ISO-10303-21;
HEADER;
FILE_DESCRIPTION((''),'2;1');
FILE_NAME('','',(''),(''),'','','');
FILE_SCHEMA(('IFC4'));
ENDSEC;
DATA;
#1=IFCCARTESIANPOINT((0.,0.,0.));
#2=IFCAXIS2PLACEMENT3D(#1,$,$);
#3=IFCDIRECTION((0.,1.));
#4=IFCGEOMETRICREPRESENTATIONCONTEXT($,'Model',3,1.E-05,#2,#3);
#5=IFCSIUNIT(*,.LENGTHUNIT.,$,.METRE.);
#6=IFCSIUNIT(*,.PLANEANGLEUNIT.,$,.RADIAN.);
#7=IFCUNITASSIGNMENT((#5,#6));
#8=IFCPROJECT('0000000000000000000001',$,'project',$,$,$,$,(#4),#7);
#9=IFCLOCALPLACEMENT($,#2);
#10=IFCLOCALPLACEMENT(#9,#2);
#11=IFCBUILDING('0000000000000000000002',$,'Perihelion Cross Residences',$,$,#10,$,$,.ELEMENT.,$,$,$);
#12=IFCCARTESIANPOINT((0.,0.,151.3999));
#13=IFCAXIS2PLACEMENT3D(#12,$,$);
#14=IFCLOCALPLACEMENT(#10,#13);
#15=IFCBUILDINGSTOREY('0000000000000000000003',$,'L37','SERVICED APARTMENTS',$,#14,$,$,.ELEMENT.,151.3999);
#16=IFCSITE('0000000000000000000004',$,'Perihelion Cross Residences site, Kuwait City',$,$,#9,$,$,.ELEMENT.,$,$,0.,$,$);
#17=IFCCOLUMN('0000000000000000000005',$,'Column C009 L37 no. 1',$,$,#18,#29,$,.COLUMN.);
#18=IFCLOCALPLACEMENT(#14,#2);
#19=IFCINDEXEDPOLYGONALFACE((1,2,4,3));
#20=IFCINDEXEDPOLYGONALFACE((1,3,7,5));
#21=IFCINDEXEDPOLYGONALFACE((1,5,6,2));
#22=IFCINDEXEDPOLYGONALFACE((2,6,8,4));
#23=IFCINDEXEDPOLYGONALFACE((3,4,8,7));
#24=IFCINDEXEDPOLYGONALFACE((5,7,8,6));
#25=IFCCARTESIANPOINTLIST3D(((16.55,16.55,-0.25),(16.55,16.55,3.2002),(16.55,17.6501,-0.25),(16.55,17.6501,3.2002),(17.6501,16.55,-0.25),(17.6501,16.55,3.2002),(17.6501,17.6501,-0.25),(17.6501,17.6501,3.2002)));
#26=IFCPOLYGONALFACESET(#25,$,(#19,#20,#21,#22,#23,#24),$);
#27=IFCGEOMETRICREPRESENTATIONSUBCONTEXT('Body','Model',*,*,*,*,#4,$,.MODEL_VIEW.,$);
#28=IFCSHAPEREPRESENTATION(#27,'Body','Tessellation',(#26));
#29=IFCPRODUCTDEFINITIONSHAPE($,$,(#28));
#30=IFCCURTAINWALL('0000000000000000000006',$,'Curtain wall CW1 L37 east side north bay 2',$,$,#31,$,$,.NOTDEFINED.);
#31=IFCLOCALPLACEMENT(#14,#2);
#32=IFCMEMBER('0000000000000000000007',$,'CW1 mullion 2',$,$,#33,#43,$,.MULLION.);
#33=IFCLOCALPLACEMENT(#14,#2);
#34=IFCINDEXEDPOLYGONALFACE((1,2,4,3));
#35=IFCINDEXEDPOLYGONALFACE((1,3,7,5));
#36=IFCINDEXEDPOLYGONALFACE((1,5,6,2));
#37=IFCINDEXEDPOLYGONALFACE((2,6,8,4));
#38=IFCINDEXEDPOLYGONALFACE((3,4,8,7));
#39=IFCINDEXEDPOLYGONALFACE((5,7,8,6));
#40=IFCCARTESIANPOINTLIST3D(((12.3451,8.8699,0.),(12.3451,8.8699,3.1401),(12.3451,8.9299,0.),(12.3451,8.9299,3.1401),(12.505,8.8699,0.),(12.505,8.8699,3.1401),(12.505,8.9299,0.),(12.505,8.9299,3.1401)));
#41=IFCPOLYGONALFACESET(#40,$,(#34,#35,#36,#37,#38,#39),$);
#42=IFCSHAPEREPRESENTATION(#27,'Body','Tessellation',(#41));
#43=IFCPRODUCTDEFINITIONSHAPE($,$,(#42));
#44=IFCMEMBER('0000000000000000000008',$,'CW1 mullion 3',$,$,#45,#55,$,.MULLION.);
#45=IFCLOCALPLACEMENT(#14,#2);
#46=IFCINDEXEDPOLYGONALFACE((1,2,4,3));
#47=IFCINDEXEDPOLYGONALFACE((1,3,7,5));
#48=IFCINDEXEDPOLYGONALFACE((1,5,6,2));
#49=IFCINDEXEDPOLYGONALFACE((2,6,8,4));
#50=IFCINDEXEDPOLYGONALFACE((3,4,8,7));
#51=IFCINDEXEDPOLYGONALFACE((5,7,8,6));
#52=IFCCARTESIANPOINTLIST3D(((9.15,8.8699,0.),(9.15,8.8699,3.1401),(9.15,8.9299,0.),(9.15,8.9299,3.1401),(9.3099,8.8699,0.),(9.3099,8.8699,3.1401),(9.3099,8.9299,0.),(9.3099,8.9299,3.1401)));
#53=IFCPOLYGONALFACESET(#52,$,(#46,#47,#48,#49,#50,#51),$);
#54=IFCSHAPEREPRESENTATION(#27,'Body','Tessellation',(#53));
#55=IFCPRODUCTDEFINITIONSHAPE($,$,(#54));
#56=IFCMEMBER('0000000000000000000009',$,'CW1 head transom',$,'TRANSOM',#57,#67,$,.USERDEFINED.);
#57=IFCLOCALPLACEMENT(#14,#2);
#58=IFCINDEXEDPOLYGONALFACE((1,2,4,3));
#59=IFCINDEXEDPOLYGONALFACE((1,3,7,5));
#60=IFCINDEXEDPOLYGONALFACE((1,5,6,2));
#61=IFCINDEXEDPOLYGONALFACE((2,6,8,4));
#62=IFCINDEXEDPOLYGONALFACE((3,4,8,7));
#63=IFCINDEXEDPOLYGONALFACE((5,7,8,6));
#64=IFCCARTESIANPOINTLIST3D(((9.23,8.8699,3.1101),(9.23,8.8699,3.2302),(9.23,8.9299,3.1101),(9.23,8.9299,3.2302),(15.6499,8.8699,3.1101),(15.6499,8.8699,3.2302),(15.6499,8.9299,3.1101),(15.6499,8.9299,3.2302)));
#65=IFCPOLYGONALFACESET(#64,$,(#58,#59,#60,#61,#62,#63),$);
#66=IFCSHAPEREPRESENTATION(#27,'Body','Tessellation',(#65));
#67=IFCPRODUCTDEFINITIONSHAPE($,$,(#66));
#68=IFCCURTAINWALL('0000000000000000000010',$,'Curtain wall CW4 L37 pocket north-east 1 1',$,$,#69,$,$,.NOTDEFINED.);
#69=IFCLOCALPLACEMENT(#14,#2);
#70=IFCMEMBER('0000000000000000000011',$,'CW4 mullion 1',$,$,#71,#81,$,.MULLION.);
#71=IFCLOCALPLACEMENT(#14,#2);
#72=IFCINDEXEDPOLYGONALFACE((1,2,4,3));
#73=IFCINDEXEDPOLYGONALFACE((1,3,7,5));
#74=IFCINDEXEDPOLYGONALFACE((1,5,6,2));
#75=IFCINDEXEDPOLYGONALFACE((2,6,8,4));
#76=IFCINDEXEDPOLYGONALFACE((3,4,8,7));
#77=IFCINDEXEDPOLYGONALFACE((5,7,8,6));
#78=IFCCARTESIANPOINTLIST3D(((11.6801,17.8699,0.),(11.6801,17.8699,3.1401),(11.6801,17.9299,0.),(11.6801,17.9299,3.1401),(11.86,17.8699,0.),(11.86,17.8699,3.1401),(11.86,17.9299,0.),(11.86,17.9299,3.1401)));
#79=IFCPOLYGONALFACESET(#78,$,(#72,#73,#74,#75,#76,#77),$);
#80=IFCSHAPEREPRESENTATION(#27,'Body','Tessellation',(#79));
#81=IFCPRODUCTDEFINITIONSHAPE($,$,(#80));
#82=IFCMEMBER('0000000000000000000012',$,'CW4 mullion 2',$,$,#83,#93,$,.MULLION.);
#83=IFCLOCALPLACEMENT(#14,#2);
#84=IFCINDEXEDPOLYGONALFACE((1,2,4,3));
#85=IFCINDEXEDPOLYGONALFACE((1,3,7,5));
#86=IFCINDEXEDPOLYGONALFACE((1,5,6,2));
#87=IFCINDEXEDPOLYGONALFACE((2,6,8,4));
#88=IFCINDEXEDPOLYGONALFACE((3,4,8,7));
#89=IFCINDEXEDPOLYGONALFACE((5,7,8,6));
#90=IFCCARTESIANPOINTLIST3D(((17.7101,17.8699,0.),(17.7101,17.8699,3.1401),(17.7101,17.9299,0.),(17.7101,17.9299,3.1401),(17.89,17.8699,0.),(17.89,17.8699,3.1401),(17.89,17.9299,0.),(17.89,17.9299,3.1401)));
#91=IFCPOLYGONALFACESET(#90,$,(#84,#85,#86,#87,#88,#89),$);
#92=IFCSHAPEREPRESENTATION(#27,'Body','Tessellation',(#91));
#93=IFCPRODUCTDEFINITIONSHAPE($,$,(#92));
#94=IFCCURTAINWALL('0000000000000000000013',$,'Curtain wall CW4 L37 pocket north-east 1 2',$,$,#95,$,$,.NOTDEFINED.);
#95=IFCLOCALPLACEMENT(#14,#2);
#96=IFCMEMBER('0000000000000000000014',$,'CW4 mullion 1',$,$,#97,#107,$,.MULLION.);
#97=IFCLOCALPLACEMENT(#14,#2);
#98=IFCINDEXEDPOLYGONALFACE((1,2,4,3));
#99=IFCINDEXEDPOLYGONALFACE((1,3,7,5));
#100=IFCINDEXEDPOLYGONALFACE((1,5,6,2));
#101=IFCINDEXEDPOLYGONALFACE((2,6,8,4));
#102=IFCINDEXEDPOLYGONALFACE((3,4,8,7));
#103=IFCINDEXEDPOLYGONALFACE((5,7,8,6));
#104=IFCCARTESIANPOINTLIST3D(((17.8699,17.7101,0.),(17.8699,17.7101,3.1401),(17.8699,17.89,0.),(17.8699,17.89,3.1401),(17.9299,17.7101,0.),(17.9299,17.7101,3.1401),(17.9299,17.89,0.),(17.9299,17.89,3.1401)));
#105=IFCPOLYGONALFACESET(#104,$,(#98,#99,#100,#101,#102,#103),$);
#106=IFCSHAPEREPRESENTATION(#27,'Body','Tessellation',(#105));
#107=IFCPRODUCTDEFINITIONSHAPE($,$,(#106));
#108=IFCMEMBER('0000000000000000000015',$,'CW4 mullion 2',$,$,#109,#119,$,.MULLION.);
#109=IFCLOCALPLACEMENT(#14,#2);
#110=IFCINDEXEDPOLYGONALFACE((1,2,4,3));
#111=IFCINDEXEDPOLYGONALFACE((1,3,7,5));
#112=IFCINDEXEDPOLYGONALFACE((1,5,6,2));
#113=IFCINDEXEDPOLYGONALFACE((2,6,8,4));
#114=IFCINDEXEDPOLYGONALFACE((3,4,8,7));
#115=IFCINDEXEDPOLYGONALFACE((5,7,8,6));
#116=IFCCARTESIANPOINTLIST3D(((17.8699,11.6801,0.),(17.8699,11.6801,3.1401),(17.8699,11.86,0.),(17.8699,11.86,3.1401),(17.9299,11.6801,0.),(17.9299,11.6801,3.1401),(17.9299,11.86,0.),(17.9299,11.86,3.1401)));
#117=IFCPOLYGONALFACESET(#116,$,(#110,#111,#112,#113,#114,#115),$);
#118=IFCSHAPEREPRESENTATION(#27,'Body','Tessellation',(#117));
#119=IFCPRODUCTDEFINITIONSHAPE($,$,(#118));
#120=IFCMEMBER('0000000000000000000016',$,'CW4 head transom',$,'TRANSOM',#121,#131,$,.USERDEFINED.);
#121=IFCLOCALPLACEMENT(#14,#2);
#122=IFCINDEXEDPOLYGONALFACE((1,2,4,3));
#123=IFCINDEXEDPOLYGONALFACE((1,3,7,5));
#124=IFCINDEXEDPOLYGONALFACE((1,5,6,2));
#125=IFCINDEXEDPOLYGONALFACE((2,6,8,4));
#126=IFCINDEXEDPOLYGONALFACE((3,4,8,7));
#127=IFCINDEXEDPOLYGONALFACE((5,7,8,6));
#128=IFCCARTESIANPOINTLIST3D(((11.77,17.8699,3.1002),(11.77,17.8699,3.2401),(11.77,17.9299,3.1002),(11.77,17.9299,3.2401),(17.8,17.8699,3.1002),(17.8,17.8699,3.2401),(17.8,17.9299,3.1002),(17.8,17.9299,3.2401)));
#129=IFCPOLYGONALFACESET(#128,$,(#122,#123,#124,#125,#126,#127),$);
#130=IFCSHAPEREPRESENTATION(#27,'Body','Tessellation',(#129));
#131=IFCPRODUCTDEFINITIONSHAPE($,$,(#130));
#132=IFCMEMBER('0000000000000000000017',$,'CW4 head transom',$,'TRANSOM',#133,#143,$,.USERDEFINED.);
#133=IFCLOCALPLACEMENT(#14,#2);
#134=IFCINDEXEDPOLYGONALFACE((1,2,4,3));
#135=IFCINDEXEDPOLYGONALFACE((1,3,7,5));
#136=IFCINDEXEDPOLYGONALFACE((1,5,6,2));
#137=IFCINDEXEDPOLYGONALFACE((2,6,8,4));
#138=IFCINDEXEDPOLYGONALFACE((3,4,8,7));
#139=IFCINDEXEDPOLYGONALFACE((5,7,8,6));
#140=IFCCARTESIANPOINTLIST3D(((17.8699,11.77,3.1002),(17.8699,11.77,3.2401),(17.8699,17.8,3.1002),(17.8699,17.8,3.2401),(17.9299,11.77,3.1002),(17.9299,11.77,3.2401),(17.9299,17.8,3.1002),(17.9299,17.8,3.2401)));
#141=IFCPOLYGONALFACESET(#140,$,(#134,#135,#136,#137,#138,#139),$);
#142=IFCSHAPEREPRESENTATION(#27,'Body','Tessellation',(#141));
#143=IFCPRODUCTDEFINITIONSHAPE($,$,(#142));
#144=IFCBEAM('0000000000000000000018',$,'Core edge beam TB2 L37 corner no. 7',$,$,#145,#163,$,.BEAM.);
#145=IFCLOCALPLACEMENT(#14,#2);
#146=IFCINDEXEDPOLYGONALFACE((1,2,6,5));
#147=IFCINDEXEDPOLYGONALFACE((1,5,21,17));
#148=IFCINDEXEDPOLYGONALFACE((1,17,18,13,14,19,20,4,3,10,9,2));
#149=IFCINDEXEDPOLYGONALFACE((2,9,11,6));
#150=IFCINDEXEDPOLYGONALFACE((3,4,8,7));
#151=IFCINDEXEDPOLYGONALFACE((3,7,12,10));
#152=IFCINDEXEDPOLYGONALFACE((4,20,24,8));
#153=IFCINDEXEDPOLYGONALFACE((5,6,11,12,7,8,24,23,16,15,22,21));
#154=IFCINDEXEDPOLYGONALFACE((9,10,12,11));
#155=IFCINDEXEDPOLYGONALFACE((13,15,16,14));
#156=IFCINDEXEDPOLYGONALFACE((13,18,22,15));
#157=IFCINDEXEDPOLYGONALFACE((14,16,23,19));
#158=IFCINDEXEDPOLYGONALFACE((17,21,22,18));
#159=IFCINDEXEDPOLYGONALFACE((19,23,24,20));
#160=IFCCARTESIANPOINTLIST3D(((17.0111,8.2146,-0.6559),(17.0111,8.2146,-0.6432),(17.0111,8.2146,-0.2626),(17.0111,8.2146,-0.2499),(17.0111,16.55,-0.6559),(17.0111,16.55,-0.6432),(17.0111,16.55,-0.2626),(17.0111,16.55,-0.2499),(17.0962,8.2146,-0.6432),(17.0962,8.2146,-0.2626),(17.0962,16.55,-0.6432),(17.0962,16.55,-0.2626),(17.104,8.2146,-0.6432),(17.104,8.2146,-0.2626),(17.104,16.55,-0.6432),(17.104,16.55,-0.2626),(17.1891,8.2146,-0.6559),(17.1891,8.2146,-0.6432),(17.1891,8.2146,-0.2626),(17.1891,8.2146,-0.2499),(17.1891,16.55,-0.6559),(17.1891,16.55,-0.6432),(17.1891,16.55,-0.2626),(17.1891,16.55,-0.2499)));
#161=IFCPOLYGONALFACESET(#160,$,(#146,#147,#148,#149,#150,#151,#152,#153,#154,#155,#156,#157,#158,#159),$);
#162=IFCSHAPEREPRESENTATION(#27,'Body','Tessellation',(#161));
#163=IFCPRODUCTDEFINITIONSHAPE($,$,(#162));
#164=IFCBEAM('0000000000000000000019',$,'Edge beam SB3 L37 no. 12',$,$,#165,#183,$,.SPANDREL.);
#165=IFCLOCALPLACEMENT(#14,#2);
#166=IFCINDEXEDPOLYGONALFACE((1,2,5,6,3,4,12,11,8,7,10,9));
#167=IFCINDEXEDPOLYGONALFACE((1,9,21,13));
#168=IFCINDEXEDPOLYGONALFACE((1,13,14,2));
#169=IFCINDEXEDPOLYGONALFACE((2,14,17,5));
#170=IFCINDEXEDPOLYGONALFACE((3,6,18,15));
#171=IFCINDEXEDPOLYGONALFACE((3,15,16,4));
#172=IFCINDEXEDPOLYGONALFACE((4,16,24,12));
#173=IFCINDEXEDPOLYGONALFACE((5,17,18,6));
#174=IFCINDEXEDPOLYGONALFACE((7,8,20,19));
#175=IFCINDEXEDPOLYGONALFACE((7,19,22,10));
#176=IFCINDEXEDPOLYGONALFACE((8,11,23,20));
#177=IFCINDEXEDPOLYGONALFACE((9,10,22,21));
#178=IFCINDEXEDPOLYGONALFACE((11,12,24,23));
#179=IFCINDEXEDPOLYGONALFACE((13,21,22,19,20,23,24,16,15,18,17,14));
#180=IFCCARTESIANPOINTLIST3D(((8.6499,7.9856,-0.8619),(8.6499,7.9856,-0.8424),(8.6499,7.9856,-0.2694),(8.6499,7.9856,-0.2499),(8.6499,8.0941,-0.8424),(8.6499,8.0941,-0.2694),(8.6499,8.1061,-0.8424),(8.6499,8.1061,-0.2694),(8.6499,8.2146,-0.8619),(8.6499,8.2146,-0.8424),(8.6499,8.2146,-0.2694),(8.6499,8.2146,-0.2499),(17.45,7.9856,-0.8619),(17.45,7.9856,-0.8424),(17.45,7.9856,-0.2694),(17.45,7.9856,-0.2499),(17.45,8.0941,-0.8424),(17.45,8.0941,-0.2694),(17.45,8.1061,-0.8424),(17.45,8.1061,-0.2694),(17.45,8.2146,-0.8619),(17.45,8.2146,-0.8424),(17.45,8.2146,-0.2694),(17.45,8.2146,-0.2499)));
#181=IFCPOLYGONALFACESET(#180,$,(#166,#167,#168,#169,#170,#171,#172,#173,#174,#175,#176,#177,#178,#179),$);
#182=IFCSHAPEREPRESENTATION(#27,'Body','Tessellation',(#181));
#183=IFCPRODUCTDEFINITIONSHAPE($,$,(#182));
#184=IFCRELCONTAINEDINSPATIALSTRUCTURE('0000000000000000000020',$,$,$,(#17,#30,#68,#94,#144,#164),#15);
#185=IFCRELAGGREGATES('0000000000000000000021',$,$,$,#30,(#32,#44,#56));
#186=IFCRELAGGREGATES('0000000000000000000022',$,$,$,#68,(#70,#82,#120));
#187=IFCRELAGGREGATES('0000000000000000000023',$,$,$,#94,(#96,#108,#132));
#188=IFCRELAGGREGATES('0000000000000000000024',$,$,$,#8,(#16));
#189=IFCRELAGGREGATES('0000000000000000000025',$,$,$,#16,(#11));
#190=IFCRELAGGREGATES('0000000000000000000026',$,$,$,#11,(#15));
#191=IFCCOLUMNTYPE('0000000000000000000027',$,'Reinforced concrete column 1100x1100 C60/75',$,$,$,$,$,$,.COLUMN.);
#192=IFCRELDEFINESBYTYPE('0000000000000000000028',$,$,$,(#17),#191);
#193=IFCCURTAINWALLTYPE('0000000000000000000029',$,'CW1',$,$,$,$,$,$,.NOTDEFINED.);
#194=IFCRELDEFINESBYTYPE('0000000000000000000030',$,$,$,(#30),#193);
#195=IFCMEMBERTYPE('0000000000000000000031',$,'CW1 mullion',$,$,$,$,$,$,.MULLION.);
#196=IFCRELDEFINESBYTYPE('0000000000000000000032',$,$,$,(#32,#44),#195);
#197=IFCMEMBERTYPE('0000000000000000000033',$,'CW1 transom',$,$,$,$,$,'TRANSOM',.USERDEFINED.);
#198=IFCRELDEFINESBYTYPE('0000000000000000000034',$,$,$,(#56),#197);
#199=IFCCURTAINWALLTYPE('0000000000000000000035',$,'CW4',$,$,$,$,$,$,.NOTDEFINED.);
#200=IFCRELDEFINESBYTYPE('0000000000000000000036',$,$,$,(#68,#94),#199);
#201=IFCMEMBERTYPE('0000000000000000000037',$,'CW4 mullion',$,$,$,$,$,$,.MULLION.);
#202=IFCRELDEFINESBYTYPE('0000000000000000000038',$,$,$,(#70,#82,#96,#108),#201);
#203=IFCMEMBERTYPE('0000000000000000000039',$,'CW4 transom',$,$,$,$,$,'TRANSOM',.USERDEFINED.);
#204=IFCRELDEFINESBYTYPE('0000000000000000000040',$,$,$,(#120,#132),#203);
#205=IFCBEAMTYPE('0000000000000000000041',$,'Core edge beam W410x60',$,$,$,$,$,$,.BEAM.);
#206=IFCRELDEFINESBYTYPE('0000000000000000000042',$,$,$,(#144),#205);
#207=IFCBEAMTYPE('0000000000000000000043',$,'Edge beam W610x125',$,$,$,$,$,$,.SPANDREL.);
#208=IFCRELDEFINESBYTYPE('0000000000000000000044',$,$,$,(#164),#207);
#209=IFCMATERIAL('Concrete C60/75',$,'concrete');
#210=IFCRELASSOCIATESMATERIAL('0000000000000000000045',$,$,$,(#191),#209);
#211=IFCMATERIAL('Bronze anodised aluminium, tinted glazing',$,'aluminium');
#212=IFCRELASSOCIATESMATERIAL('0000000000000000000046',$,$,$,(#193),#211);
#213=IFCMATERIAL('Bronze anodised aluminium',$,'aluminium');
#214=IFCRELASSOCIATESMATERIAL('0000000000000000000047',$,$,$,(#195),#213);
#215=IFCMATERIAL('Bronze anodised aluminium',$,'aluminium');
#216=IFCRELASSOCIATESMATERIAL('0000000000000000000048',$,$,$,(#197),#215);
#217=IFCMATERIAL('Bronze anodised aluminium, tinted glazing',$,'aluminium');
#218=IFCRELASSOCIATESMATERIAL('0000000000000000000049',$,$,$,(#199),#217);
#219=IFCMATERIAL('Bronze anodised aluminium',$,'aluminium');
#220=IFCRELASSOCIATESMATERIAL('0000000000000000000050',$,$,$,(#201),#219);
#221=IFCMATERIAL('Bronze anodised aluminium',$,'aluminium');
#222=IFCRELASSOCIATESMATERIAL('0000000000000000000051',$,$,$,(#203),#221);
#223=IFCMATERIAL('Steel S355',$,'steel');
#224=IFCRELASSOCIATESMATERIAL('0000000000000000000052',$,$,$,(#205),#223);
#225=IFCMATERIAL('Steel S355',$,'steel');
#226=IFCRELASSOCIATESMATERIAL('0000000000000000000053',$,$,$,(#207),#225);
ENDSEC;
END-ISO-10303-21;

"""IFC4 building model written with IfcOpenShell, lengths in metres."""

from ifc_helpers import new_model, si_unit, direction, frame, origin, origin_2d, place, context, subcontext, project, spatial, rectangle, i_section, extrude, material, material_profile, profile_set, type_object, element, aggregate, save


model = new_model("IFC4")

# Units and contexts
model_context = context("Model", 3, precision=1e-05, world=origin(), true_north=direction((0.0, 1.0)))
body_context = subcontext(model_context, "Body", "Model", "MODEL_VIEW")
ifc_project = project(units=[si_unit("LENGTHUNIT", "METRE"), si_unit("PLANEANGLEUNIT", "RADIAN")], contexts=[model_context])

# Site, building, storey
site_placement = place(None, origin())
site = spatial("IfcSite", under=ifc_project, at=site_placement, Name="Perihelion Cross Residences site, Kuwait City", CompositionType="ELEMENT", RefElevation=0.0)
building_placement = place(site_placement, origin())
building = spatial("IfcBuilding", under=site, at=building_placement, Name="Perihelion Cross Residences", CompositionType="ELEMENT")
storey_placement = place(building_placement, frame((0.0, 0.0, 151.3999)))
storey = spatial("IfcBuildingStorey", under=building, at=storey_placement, Name="L37", Description="SERVICED APARTMENTS", CompositionType="ELEMENT", Elevation=151.3999)

# Column
ifc_material_1 = material(Name="Concrete C60/75", Category="concrete")
ifc_material_profile_1 = material_profile(ifc_material_1, rectangle(XDim=1.1001, YDim=1.1001, at=origin_2d()), Name="RC 1100x1100")
ifc_profile_set_1 = profile_set([ifc_material_profile_1], Name="Concrete C60/75")
column_type = type_object("IfcColumnType", Name="Reinforced concrete column 1100x1100 C60/75", PredefinedType="COLUMN", material=ifc_profile_set_1)
column_placement = place(storey_placement, frame((17.1001, 17.1001, -0.25), z_axis=(0.0, 0.0, 1.0), x_axis=(1.0, 0.0, 0.0)))
element("IfcColumn", 1, at=column_placement, inside=storey, type_object=column_type, Name="Column C009 L37 no. 1", PredefinedType="COLUMN", context=body_context, shape_type="SweptSolid", body=[
    extrude(rectangle(XDim=1.1001, YDim=1.1001, at=origin_2d()), origin(), (0.0, 0.0, 1.0), 3.4502),
])

# Curtain walls, members
ifc_material_2 = material(Name="Bronze anodised aluminium, tinted glazing", Category="aluminium")
curtain_wall_type_1 = type_object("IfcCurtainWallType", Name="CW1", PredefinedType="NOTDEFINED", material=ifc_material_2)
curtain_wall_1_placement = place(storey_placement, origin())
curtain_wall_1 = element("IfcCurtainWall", 2, at=curtain_wall_1_placement, inside=storey, type_object=curtain_wall_type_1, Name="Curtain wall CW1 L37 east side north bay 2", PredefinedType="NOTDEFINED")
ifc_material_3 = material(Name="Bronze anodised aluminium", Category="aluminium")
ifc_material_profile_2 = material_profile(ifc_material_3, rectangle(XDim=0.0601, YDim=0.1599, at=origin_2d()), Name="CW1 mullion")
ifc_profile_set_2 = profile_set([ifc_material_profile_2], Name="Bronze anodised aluminium")
member_type_1 = type_object("IfcMemberType", Name="CW1 mullion", PredefinedType="MULLION", material=ifc_profile_set_2)
member_1_placement = place(storey_placement, frame((12.425, 8.8999, 0.0), z_axis=(0.0, 0.0, 1.0), x_axis=(0.0, -1.0, 0.0)))
member_1 = element("IfcMember", 3, at=member_1_placement, type_object=member_type_1, Name="CW1 mullion 2", PredefinedType="MULLION", context=body_context, shape_type="SweptSolid", body=[
    extrude(rectangle(XDim=0.0601, YDim=0.1599, at=origin_2d()), origin(), (0.0, 0.0, 1.0), 3.1401),
])
member_2_placement = place(storey_placement, frame((9.23, 8.8999, 0.0), z_axis=(0.0, 0.0, 1.0), x_axis=(0.0, -1.0, 0.0)))
member_2 = element("IfcMember", 4, at=member_2_placement, type_object=member_type_1, Name="CW1 mullion 3", PredefinedType="MULLION", context=body_context, shape_type="SweptSolid", body=[
    extrude(rectangle(XDim=0.0601, YDim=0.1599, at=origin_2d()), origin(), (0.0, 0.0, 1.0), 3.1401),
])
ifc_material_4 = material(Name="Bronze anodised aluminium", Category="aluminium")
ifc_material_profile_3 = material_profile(ifc_material_4, rectangle(XDim=0.0601, YDim=0.1201, at=origin_2d()), Name="CW1 transom")
ifc_profile_set_3 = profile_set([ifc_material_profile_3], Name="Bronze anodised aluminium")
member_type_2 = type_object("IfcMemberType", Name="CW1 transom", ElementType="TRANSOM", PredefinedType="USERDEFINED", material=ifc_profile_set_3)
member_3_placement = place(storey_placement, frame((15.6499, 8.8999, 3.1702), z_axis=(-1.0, 0.0, 0.0), x_axis=(0.0, -1.0, 0.0)))
member_3 = element("IfcMember", 5, at=member_3_placement, type_object=member_type_2, Name="CW1 head transom", ObjectType="TRANSOM", PredefinedType="USERDEFINED", context=body_context, shape_type="SweptSolid", body=[
    extrude(rectangle(XDim=0.0601, YDim=0.1201, at=origin_2d()), origin(), (0.0, 0.0, 1.0), 6.4199),
])
ifc_material_5 = material(Name="Bronze anodised aluminium, tinted glazing", Category="aluminium")
curtain_wall_type_2 = type_object("IfcCurtainWallType", Name="CW4", PredefinedType="NOTDEFINED", material=ifc_material_5)
curtain_wall_2_placement = place(storey_placement, origin())
curtain_wall_2 = element("IfcCurtainWall", 6, at=curtain_wall_2_placement, inside=storey, type_object=curtain_wall_type_2, Name="Curtain wall CW4 L37 pocket north-east 1 1", PredefinedType="NOTDEFINED")
ifc_material_6 = material(Name="Bronze anodised aluminium", Category="aluminium")
ifc_material_profile_4 = material_profile(ifc_material_6, rectangle(XDim=0.0601, YDim=0.1799, at=origin_2d()), Name="CW4 mullion")
ifc_profile_set_4 = profile_set([ifc_material_profile_4], Name="Bronze anodised aluminium")
member_type_3 = type_object("IfcMemberType", Name="CW4 mullion", PredefinedType="MULLION", material=ifc_profile_set_4)
member_4_placement = place(storey_placement, frame((11.77, 17.8999, 0.0), z_axis=(0.0, 0.0, 1.0), x_axis=(0.0, 1.0, 0.0)))
member_4 = element("IfcMember", 7, at=member_4_placement, type_object=member_type_3, Name="CW4 mullion 1", PredefinedType="MULLION", context=body_context, shape_type="SweptSolid", body=[
    extrude(rectangle(XDim=0.0601, YDim=0.1799, at=origin_2d()), origin(), (0.0, 0.0, 1.0), 3.1401),
])
member_5_placement = place(storey_placement, frame((17.8, 17.8999, 0.0), z_axis=(0.0, 0.0, 1.0), x_axis=(0.0, 1.0, 0.0)))
member_5 = element("IfcMember", 8, at=member_5_placement, type_object=member_type_3, Name="CW4 mullion 2", PredefinedType="MULLION", context=body_context, shape_type="SweptSolid", body=[
    extrude(rectangle(XDim=0.0601, YDim=0.1799, at=origin_2d()), origin(), (0.0, 0.0, 1.0), 3.1401),
])
curtain_wall_3_placement = place(storey_placement, origin())
curtain_wall_3 = element("IfcCurtainWall", 9, at=curtain_wall_3_placement, inside=storey, type_object=curtain_wall_type_2, Name="Curtain wall CW4 L37 pocket north-east 1 2", PredefinedType="NOTDEFINED")
member_6_placement = place(storey_placement, frame((17.8999, 17.8, 0.0), z_axis=(0.0, 0.0, 1.0), x_axis=(1.0, 0.0, 0.0)))
member_6 = element("IfcMember", 10, at=member_6_placement, type_object=member_type_3, Name="CW4 mullion 1", PredefinedType="MULLION", context=body_context, shape_type="SweptSolid", body=[
    extrude(rectangle(XDim=0.0601, YDim=0.1799, at=origin_2d()), origin(), (0.0, 0.0, 1.0), 3.1401),
])
member_7_placement = place(storey_placement, frame((17.8999, 11.77, 0.0), z_axis=(0.0, 0.0, 1.0), x_axis=(1.0, 0.0, 0.0)))
member_7 = element("IfcMember", 11, at=member_7_placement, type_object=member_type_3, Name="CW4 mullion 2", PredefinedType="MULLION", context=body_context, shape_type="SweptSolid", body=[
    extrude(rectangle(XDim=0.0601, YDim=0.1799, at=origin_2d()), origin(), (0.0, 0.0, 1.0), 3.1401),
])

# Members
ifc_material_7 = material(Name="Bronze anodised aluminium", Category="aluminium")
ifc_material_profile_5 = material_profile(ifc_material_7, rectangle(XDim=0.0601, YDim=0.1399, at=origin_2d()), Name="CW4 transom")
ifc_profile_set_5 = profile_set([ifc_material_profile_5], Name="Bronze anodised aluminium")
member_type_4 = type_object("IfcMemberType", Name="CW4 transom", ElementType="TRANSOM", PredefinedType="USERDEFINED", material=ifc_profile_set_5)
member_8_placement = place(storey_placement, frame((11.77, 17.8999, 3.1702), z_axis=(1.0, 0.0, 0.0), x_axis=(0.0, 1.0, 0.0)))
member_8 = element("IfcMember", 12, at=member_8_placement, type_object=member_type_4, Name="CW4 head transom", ObjectType="TRANSOM", PredefinedType="USERDEFINED", context=body_context, shape_type="SweptSolid", body=[
    extrude(rectangle(XDim=0.0601, YDim=0.1399, at=origin_2d()), origin(), (0.0, 0.0, 1.0), 6.03),
])
member_9_placement = place(storey_placement, frame((17.8999, 17.8, 3.1702), z_axis=(0.0, -1.0, 0.0), x_axis=(1.0, 0.0, 0.0)))
member_9 = element("IfcMember", 13, at=member_9_placement, type_object=member_type_4, Name="CW4 head transom", ObjectType="TRANSOM", PredefinedType="USERDEFINED", context=body_context, shape_type="SweptSolid", body=[
    extrude(rectangle(XDim=0.0601, YDim=0.1399, at=origin_2d()), origin(), (0.0, 0.0, 1.0), 6.03),
])

# Beams
ifc_material_8 = material(Name="Steel S355", Category="steel")
ifc_material_profile_6 = material_profile(ifc_material_8, i_section(OverallWidth=0.178, OverallDepth=0.406, WebThickness=0.0078, FlangeThickness=0.0127, at=origin_2d()), Name="W410x60")
ifc_profile_set_6 = profile_set([ifc_material_profile_6], Name="Steel S355")
beam_type_1 = type_object("IfcBeamType", Name="Core edge beam W410x60", PredefinedType="BEAM", material=ifc_profile_set_6)
beam_1_placement = place(storey_placement, frame((17.1001, 8.2146, -0.4529), z_axis=(0.0, 1.0, 0.0), x_axis=(-1.0, 0.0, 0.0)))
element("IfcBeam", 14, at=beam_1_placement, inside=storey, type_object=beam_type_1, Name="Core edge beam TB2 L37 corner no. 7", PredefinedType="BEAM", context=body_context, shape_type="SweptSolid", body=[
    extrude(i_section(OverallWidth=0.178, OverallDepth=0.406, WebThickness=0.0078, FlangeThickness=0.0127, at=origin_2d()), origin(), (0.0, 0.0, 1.0), 8.3354),
])
ifc_material_9 = material(Name="Steel S355", Category="steel")
ifc_material_profile_7 = material_profile(ifc_material_9, i_section(OverallWidth=0.229, OverallDepth=0.6121, WebThickness=0.012, FlangeThickness=0.0195, at=origin_2d()), Name="W610x125")
ifc_profile_set_7 = profile_set([ifc_material_profile_7], Name="Steel S355")
beam_type_2 = type_object("IfcBeamType", Name="Edge beam W610x125", PredefinedType="SPANDREL", material=ifc_profile_set_7)
beam_2_placement = place(storey_placement, frame((17.45, 8.1001, -0.5559), z_axis=(-1.0, 0.0, 0.0), x_axis=(0.0, -1.0, 0.0)))
element("IfcBeam", 15, at=beam_2_placement, inside=storey, type_object=beam_type_2, Name="Edge beam SB3 L37 no. 12", PredefinedType="SPANDREL", context=body_context, shape_type="SweptSolid", body=[
    extrude(i_section(OverallWidth=0.229, OverallDepth=0.6121, WebThickness=0.012, FlangeThickness=0.0195, at=origin_2d()), origin(), (0.0, 0.0, 1.0), 8.8),
])

aggregate(curtain_wall_1, [member_1, member_2, member_3])
aggregate(curtain_wall_2, [member_4, member_5, member_8])
aggregate(curtain_wall_3, [member_6, member_7, member_9])

save(model, "model.ifc")
